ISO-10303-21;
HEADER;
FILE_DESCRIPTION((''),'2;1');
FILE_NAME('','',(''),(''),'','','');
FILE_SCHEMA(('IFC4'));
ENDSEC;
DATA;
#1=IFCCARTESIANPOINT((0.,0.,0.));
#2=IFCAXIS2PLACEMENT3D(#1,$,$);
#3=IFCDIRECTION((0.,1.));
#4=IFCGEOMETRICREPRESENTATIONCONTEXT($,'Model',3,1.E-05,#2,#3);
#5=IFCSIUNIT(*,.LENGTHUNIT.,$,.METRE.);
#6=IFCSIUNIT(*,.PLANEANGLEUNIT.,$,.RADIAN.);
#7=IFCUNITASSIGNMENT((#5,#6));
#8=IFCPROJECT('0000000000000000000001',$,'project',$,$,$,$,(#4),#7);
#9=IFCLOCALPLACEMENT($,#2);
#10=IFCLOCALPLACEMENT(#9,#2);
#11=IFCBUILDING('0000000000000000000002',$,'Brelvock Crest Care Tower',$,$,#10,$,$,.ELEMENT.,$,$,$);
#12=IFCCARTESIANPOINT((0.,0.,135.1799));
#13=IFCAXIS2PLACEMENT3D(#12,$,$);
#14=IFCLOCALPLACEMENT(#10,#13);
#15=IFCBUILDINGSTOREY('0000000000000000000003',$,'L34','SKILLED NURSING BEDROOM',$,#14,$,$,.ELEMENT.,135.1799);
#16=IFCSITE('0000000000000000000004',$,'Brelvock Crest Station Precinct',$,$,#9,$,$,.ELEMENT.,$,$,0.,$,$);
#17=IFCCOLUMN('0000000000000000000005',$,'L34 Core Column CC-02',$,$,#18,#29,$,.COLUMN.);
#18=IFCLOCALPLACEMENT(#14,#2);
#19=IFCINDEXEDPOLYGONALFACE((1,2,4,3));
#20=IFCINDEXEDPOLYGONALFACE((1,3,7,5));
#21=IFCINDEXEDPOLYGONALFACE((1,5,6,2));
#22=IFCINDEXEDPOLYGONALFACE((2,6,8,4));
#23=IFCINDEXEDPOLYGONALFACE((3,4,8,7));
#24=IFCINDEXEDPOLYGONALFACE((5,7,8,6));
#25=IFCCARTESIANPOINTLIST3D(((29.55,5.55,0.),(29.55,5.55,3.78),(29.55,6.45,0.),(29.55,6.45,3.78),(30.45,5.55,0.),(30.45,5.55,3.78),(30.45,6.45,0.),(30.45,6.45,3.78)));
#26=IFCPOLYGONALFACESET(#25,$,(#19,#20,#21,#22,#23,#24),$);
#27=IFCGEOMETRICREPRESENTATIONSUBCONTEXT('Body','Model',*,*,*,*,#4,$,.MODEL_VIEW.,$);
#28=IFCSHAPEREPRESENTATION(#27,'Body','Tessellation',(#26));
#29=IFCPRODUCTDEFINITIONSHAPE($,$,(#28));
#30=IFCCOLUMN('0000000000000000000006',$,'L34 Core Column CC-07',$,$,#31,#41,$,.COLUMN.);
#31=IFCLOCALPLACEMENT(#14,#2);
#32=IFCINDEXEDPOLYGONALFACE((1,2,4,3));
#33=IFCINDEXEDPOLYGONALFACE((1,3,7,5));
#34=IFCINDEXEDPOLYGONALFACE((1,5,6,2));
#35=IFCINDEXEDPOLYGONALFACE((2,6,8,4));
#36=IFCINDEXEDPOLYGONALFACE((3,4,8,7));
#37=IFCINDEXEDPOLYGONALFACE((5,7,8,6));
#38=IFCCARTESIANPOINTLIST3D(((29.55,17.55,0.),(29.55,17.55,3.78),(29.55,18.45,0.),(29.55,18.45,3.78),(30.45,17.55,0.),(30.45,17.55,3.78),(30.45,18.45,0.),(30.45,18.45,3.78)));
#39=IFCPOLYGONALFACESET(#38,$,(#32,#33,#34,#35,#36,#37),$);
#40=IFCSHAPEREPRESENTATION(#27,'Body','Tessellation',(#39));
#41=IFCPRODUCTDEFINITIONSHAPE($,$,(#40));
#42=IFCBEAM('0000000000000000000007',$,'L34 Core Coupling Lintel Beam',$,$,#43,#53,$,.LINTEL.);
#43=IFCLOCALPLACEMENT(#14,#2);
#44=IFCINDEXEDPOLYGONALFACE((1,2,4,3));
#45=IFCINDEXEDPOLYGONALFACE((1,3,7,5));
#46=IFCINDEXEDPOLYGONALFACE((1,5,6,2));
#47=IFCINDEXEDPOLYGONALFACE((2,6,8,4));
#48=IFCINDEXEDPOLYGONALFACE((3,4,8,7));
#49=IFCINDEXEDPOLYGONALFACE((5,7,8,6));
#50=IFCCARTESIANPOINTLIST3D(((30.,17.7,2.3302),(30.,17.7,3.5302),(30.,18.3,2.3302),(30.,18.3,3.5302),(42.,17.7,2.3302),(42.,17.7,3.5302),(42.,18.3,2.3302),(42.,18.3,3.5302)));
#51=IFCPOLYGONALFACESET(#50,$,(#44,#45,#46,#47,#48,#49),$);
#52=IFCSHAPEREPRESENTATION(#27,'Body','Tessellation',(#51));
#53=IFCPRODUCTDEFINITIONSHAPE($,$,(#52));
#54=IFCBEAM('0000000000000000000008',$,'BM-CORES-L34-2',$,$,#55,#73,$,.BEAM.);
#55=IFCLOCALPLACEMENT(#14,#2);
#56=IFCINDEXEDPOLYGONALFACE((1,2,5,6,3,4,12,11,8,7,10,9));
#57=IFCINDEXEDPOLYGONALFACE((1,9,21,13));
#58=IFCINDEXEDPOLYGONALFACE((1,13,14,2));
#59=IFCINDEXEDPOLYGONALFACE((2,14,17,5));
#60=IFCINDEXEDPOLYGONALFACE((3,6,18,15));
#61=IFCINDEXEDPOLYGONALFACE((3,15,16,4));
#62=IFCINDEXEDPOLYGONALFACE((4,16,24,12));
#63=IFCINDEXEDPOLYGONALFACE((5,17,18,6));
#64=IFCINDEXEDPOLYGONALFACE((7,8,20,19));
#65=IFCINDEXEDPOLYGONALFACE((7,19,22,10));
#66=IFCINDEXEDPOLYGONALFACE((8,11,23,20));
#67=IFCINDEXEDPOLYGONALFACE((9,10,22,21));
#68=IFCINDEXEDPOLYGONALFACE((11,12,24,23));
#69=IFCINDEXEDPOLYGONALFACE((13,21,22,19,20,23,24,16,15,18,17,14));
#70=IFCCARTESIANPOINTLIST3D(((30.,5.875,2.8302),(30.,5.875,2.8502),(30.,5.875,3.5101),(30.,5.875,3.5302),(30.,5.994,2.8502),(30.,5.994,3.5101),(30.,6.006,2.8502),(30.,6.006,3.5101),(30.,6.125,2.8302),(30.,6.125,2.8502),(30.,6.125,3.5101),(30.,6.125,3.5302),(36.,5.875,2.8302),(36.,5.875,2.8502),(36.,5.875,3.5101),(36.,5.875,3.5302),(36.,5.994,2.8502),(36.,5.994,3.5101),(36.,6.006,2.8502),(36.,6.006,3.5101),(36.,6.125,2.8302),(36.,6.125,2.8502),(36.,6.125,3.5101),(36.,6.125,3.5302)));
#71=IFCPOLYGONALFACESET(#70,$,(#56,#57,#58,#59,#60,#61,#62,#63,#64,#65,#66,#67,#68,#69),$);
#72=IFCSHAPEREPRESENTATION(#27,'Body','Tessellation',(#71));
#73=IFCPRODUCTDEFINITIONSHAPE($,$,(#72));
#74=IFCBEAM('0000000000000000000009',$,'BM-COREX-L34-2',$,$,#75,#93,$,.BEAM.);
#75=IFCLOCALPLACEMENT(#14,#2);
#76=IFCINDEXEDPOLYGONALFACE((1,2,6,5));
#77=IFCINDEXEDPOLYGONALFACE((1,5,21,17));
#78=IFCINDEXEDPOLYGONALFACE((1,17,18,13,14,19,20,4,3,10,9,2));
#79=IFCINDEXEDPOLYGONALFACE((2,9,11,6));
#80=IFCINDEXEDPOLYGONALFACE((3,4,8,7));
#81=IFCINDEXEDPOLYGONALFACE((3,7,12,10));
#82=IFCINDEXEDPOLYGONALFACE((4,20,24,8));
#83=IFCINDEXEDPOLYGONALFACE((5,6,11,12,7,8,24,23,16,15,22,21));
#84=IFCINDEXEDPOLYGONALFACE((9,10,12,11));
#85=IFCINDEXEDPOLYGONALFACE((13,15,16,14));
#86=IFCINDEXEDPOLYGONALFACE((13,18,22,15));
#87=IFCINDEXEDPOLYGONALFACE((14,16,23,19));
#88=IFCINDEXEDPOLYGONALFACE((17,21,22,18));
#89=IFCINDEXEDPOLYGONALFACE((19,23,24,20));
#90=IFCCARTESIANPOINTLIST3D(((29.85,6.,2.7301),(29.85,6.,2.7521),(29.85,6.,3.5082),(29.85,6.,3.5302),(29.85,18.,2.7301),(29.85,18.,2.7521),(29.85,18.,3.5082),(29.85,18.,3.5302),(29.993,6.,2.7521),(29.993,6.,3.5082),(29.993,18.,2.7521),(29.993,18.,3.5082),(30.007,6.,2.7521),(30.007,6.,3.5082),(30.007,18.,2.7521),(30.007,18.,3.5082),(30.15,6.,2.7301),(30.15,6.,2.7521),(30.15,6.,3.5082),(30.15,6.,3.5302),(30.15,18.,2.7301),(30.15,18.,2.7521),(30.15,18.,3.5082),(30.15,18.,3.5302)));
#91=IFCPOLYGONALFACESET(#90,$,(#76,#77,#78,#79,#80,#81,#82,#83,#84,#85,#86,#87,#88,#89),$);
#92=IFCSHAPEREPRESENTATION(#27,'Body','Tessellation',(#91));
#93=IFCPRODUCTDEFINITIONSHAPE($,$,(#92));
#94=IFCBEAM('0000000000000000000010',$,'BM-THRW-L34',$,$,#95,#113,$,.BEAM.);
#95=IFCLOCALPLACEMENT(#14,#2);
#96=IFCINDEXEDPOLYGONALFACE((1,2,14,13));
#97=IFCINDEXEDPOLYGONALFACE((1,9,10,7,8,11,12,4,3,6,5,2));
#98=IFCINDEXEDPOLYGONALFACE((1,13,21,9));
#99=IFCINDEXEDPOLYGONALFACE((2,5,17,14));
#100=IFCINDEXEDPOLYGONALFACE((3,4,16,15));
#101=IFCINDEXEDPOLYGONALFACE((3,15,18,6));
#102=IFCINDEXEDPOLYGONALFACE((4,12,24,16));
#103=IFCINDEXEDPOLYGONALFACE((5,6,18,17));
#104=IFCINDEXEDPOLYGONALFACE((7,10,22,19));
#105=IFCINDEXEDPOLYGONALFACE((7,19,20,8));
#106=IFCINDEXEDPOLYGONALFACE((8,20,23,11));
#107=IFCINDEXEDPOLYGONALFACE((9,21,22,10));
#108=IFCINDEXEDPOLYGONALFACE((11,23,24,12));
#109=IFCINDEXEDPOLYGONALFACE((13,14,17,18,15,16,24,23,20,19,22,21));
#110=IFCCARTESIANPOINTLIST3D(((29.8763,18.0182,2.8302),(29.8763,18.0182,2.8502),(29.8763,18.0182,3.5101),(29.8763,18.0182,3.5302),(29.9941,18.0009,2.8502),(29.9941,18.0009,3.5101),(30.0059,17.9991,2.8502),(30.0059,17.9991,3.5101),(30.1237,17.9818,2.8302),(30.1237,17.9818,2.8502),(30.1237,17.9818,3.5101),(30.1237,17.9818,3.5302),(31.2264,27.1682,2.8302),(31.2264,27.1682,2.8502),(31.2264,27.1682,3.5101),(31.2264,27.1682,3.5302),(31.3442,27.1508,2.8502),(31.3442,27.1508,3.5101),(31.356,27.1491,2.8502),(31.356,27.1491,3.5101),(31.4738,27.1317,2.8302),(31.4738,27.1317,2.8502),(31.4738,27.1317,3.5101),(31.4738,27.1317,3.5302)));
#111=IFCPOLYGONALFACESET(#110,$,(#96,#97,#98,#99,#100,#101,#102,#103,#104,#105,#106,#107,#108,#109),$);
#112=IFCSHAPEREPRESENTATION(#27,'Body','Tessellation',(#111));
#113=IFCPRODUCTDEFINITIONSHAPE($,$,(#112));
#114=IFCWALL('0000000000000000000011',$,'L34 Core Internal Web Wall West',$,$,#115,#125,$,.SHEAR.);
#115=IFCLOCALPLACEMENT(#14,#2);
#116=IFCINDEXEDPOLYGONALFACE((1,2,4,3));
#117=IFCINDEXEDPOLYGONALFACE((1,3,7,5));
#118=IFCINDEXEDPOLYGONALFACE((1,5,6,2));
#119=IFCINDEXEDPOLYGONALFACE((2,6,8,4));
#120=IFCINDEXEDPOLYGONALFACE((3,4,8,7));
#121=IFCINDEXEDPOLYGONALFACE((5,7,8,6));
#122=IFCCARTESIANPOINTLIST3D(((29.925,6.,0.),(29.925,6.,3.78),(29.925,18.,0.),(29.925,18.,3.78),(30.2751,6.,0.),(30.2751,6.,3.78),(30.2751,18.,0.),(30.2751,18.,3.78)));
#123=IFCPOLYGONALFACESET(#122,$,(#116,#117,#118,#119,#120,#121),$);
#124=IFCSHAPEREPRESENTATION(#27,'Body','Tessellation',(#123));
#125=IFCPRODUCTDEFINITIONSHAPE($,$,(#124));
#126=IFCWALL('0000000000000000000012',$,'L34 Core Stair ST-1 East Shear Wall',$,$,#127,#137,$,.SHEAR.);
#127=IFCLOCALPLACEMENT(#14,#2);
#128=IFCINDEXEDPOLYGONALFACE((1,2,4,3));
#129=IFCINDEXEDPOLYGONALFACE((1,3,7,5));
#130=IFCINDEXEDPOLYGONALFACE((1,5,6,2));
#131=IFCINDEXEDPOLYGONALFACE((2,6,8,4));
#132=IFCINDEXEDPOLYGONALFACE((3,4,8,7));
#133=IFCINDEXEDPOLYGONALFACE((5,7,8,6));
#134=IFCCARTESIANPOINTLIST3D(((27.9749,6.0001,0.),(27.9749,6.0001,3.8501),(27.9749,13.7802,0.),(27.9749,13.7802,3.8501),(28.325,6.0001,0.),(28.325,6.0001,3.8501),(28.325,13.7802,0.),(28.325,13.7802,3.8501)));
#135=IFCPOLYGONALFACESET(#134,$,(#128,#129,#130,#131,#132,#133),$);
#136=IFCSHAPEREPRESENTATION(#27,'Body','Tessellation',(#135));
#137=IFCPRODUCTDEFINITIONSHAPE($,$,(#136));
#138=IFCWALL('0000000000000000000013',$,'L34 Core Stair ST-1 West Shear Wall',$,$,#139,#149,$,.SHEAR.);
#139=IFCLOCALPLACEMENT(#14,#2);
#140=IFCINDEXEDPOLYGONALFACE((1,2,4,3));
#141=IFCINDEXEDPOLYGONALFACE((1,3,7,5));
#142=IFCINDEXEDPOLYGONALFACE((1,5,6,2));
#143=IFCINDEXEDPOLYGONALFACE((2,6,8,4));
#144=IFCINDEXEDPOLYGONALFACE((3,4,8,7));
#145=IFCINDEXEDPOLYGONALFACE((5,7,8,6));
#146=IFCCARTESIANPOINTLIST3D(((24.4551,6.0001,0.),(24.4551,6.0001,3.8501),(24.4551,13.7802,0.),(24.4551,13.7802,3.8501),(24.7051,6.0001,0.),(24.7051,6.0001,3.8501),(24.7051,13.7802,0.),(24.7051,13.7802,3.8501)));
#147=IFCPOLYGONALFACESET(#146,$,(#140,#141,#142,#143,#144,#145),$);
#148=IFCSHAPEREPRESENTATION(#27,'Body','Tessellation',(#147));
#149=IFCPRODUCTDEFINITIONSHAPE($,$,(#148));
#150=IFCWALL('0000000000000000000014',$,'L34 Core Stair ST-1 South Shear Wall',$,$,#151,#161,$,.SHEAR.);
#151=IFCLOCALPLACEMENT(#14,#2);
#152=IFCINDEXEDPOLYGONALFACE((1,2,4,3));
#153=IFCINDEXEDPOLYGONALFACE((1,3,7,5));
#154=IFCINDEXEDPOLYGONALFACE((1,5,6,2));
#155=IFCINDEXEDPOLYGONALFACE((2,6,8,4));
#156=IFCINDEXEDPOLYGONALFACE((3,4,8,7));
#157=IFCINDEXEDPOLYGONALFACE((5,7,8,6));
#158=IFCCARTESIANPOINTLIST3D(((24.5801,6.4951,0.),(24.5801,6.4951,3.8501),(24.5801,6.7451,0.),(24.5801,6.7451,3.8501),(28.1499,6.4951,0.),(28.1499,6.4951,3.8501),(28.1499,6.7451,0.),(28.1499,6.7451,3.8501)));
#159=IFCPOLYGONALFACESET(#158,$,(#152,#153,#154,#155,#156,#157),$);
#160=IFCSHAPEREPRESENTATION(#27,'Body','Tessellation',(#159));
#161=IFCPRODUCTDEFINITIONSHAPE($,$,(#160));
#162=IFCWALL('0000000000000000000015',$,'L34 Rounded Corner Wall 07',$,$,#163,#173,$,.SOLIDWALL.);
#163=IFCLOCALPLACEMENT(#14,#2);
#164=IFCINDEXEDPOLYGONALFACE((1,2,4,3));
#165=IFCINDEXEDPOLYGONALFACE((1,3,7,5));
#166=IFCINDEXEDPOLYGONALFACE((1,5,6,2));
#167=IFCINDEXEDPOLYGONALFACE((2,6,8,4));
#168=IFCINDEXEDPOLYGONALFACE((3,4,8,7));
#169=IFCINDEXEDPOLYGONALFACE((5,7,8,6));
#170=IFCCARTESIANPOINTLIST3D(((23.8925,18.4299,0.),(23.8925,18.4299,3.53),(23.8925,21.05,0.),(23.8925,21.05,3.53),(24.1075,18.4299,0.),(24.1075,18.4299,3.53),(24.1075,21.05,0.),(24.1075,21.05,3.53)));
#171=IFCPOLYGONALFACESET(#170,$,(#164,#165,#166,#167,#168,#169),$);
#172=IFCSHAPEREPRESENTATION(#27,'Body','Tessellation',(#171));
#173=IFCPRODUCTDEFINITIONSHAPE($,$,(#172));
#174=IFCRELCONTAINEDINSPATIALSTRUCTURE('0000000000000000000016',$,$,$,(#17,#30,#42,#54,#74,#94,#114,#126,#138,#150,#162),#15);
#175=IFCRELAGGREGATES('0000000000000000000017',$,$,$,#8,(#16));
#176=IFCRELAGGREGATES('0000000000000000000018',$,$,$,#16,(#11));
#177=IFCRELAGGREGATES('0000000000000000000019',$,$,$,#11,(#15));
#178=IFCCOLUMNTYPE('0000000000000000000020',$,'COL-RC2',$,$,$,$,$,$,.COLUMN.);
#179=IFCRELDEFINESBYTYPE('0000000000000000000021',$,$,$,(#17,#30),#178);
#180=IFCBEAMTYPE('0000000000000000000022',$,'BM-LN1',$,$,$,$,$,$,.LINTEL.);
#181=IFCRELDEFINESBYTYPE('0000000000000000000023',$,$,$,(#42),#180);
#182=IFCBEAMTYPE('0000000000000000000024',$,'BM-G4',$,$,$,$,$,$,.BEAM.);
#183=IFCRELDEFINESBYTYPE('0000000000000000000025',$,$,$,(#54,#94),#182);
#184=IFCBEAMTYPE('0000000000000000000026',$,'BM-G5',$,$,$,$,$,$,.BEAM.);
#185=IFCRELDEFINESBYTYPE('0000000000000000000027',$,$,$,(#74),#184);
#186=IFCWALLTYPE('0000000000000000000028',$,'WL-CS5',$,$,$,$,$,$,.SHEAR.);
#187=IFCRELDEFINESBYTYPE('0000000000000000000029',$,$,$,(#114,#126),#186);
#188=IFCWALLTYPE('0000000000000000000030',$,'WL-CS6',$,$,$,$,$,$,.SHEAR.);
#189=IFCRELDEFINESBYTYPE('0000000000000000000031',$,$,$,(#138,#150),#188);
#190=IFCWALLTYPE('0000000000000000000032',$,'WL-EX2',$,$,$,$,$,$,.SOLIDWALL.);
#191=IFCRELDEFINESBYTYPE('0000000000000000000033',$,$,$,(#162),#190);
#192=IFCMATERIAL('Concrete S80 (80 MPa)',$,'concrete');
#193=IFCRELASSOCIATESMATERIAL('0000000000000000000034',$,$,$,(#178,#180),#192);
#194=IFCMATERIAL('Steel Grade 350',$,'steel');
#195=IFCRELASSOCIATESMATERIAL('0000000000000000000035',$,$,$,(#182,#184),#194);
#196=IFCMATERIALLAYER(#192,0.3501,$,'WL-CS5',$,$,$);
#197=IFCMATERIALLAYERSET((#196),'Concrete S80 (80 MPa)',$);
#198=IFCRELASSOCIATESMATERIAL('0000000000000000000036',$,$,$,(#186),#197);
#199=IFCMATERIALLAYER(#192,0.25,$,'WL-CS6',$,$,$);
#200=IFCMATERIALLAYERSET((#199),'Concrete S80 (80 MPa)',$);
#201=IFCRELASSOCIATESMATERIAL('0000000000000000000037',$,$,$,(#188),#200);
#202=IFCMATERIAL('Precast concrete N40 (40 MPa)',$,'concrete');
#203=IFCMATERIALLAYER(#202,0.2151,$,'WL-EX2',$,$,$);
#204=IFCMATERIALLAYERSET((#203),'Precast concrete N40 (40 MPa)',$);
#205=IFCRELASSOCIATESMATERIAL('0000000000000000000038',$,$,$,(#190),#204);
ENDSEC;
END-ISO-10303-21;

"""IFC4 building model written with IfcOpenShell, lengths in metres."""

from ifc_helpers import new_model, si_unit, direction, frame, frame_2d, origin, origin_2d, place, context, subcontext, project, spatial, rectangle, i_section, extrude, source, transform, mapped, material, layer, layer_set, material_profile, profile_set, type_object, element, save


model = new_model("IFC4")

# Units and contexts
model_context = context("Model", 3, precision=1e-05, world=origin(), true_north=direction((0.0, 1.0)))
body_context = subcontext(model_context, "Body", "Model", "MODEL_VIEW")
ifc_project = project(units=[si_unit("LENGTHUNIT", "METRE"), si_unit("PLANEANGLEUNIT", "RADIAN")], contexts=[model_context])

# Site, building, storey
site_placement = place(None, origin())
site = spatial("IfcSite", under=ifc_project, at=site_placement, Name="Brelvock Crest Station Precinct", CompositionType="ELEMENT", RefElevation=0.0)
building_placement = place(site_placement, origin())
building = spatial("IfcBuilding", under=site, at=building_placement, Name="Brelvock Crest Care Tower", CompositionType="ELEMENT")
storey_placement = place(building_placement, frame((0.0, 0.0, 135.1799)))
storey = spatial("IfcBuildingStorey", under=building, at=storey_placement, Name="L34", Description="SKILLED NURSING BEDROOM", CompositionType="ELEMENT", Elevation=135.1799)

# Columns
ifc_material_1 = material(Name="Concrete S80 (80 MPa)", Category="concrete")
ifc_material_profile_1 = material_profile(ifc_material_1, rectangle(XDim=0.8999, YDim=0.8999, at=origin_2d()), Name="RC900x900")
ifc_profile_set_1 = profile_set([ifc_material_profile_1], Name="Concrete S80 (80 MPa)")
column_type = type_object("IfcColumnType", Name="COL-RC2", PredefinedType="COLUMN", material=ifc_profile_set_1)
shared_shape_1 = source(origin(), body_context, "Body", "SweptSolid", [
    extrude(rectangle(XDim=0.8999, YDim=0.8999, at=origin_2d()), origin(), (0.0, 0.0, 1.0), 3.78),
])
for number, where, z_axis, x_axis, name in (
    (1, (30.0, 6.0, 0.0), (0.0, 0.0, 1.0), (1.0, 0.0, 0.0), "L34 Core Column CC-02"),
    (2, (30.0, 18.0, 0.0), (0.0, 0.0, 1.0), (1.0, 0.0, 0.0), "L34 Core Column CC-07"),
):
    element("IfcColumn", number, at=place(storey_placement, frame(where, z_axis=z_axis, x_axis=x_axis)), inside=storey, type_object=column_type, Name=name, PredefinedType="COLUMN", context=body_context, shape_type="MappedRepresentation", body=[
        mapped(shared_shape_1, transform((0.0, 0.0, 0.0), x_axis=(1.0, 0.0, 0.0), y_axis=(0.0, 1.0, 0.0), z_axis=(0.0, 0.0, 1.0), scale=1.0)),
    ])

# Beams
ifc_material_profile_2 = material_profile(ifc_material_1, rectangle(XDim=0.6001, YDim=1.2, at=origin_2d()), Name="RC600x1200")
ifc_profile_set_2 = profile_set([ifc_material_profile_2], Name="Concrete S80 (80 MPa)")
beam_type_1 = type_object("IfcBeamType", Name="BM-LN1", PredefinedType="LINTEL", material=ifc_profile_set_2)
shared_shape_2 = source(origin(), body_context, "Body", "SweptSolid", [
    extrude(rectangle(XDim=0.6001, YDim=1.2, at=origin_2d()), origin(), (0.0, 0.0, 1.0), 12.0),
])
beam_1_placement = place(storey_placement, frame((30.0, 18.0, 2.9302), z_axis=(1.0, 0.0, 0.0), x_axis=(0.0, 1.0, 0.0)))
element("IfcBeam", 3, at=beam_1_placement, inside=storey, type_object=beam_type_1, Name="L34 Core Coupling Lintel Beam", PredefinedType="LINTEL", context=body_context, shape_type="MappedRepresentation", body=[
    mapped(shared_shape_2, transform((0.0, 0.0, 0.0), x_axis=(1.0, 0.0, 0.0), y_axis=(0.0, 1.0, 0.0), z_axis=(0.0, 0.0, 1.0), scale=1.0)),
])
ifc_material_2 = material(Name="Steel Grade 350", Category="steel")
ifc_material_profile_3 = material_profile(ifc_material_2, i_section(OverallWidth=0.25, OverallDepth=0.7, WebThickness=0.012, FlangeThickness=0.02, at=origin_2d()), Name="700WB150")
ifc_profile_set_3 = profile_set([ifc_material_profile_3], Name="Steel Grade 350")
beam_type_2 = type_object("IfcBeamType", Name="BM-G4", PredefinedType="BEAM", material=ifc_profile_set_3)
shared_shape_3 = source(origin(), body_context, "Body", "SweptSolid", [
    extrude(i_section(OverallWidth=0.25, OverallDepth=0.7, WebThickness=0.012, FlangeThickness=0.02, at=origin_2d()), origin(), (0.0, 0.0, 1.0), 6.0),
])
beam_2_placement = place(storey_placement, frame((30.0, 6.0, 3.1802), z_axis=(1.0, 0.0, 0.0), x_axis=(0.0, 1.0, 0.0)))
element("IfcBeam", 4, at=beam_2_placement, inside=storey, type_object=beam_type_2, Name="BM-CORES-L34-2", PredefinedType="BEAM", context=body_context, shape_type="MappedRepresentation", body=[
    mapped(shared_shape_3, transform((0.0, 0.0, 0.0), x_axis=(1.0, 0.0, 0.0), y_axis=(0.0, 1.0, 0.0), z_axis=(0.0, 0.0, 1.0), scale=1.0)),
])
ifc_material_profile_4 = material_profile(ifc_material_2, i_section(OverallWidth=0.3, OverallDepth=0.8, WebThickness=0.0139, FlangeThickness=0.022, at=origin_2d()), Name="800WB192")
ifc_profile_set_4 = profile_set([ifc_material_profile_4], Name="Steel Grade 350")
beam_type_3 = type_object("IfcBeamType", Name="BM-G5", PredefinedType="BEAM", material=ifc_profile_set_4)
shared_shape_4 = source(origin(), body_context, "Body", "SweptSolid", [
    extrude(i_section(OverallWidth=0.3, OverallDepth=0.8, WebThickness=0.0139, FlangeThickness=0.022, at=origin_2d()), origin(), (0.0, 0.0, 1.0), 12.0),
])
beam_3_placement = place(storey_placement, frame((30.0, 6.0, 3.1301), z_axis=(0.0, 1.0, 0.0), x_axis=(-1.0, 0.0, 0.0)))
element("IfcBeam", 5, at=beam_3_placement, inside=storey, type_object=beam_type_3, Name="BM-COREX-L34-2", PredefinedType="BEAM", context=body_context, shape_type="MappedRepresentation", body=[
    mapped(shared_shape_4, transform((0.0, 0.0, 0.0), x_axis=(1.0, 0.0, 0.0), y_axis=(0.0, 1.0, 0.0), z_axis=(0.0, 0.0, 1.0), scale=1.0)),
])
shared_shape_5 = source(origin(), body_context, "Body", "SweptSolid", [
    extrude(i_section(OverallWidth=0.25, OverallDepth=0.7, WebThickness=0.012, FlangeThickness=0.02, at=origin_2d()), origin(), (0.0, 0.0, 1.0), 9.249),
])
beam_4_placement = place(storey_placement, frame((30.0, 18.0, 3.1802), z_axis=(0.145973, 0.989289, 0.0), x_axis=(-0.989289, 0.145973, 0.0)))
element("IfcBeam", 6, at=beam_4_placement, inside=storey, type_object=beam_type_2, Name="BM-THRW-L34", PredefinedType="BEAM", context=body_context, shape_type="MappedRepresentation", body=[
    mapped(shared_shape_5, transform((0.0, 0.0, 0.0), x_axis=(1.0, 0.0, 0.0), y_axis=(0.0, 1.0, 0.0), z_axis=(0.0, 0.0, 1.0), scale=1.0)),
])

# Walls
ifc_layer_1 = layer(ifc_material_1, 0.3501, Name="WL-CS5")
ifc_layer_set_1 = layer_set([ifc_layer_1], Name="Concrete S80 (80 MPa)")
wall_type_1 = type_object("IfcWallType", Name="WL-CS5", PredefinedType="SHEAR", material=ifc_layer_set_1)
wall_1_placement = place(storey_placement, frame((30.1001, 6.0, 0.0), z_axis=(0.0, 0.0, 1.0), x_axis=(0.0, 1.0, 0.0)))
element("IfcWall", 7, at=wall_1_placement, inside=storey, type_object=wall_type_1, Name="L34 Core Internal Web Wall West", PredefinedType="SHEAR", context=body_context, shape_type="SweptSolid", body=[
    extrude(rectangle(XDim=12.0, YDim=0.3501, at=frame_2d((6.0, 0.0))), origin(), (0.0, 0.0, 1.0), 3.78),
])
wall_2_placement = place(storey_placement, frame((28.1499, 6.0, 0.0), z_axis=(0.0, 0.0, 1.0), x_axis=(0.0, 1.0, 0.0)))
element("IfcWall", 8, at=wall_2_placement, inside=storey, type_object=wall_type_1, Name="L34 Core Stair ST-1 East Shear Wall", PredefinedType="SHEAR", context=body_context, shape_type="SweptSolid", body=[
    extrude(rectangle(XDim=7.78, YDim=0.3501, at=frame_2d((3.8901, 0.0))), origin(), (0.0, 0.0, 1.0), 3.8501),
])
ifc_layer_2 = layer(ifc_material_1, 0.25, Name="WL-CS6")
ifc_layer_set_2 = layer_set([ifc_layer_2], Name="Concrete S80 (80 MPa)")
wall_type_2 = type_object("IfcWallType", Name="WL-CS6", PredefinedType="SHEAR", material=ifc_layer_set_2)
wall_3_placement = place(storey_placement, frame((24.5801, 6.0, 0.0), z_axis=(0.0, 0.0, 1.0), x_axis=(0.0, 1.0, 0.0)))
element("IfcWall", 9, at=wall_3_placement, inside=storey, type_object=wall_type_2, Name="L34 Core Stair ST-1 West Shear Wall", PredefinedType="SHEAR", context=body_context, shape_type="SweptSolid", body=[
    extrude(rectangle(XDim=7.78, YDim=0.25, at=frame_2d((3.8901, 0.0))), origin(), (0.0, 0.0, 1.0), 3.8501),
])
wall_4_placement = place(storey_placement, frame((24.5801, 6.6201, 0.0), z_axis=(0.0, 0.0, 1.0), x_axis=(1.0, 0.0, 0.0)))
element("IfcWall", 10, at=wall_4_placement, inside=storey, type_object=wall_type_2, Name="L34 Core Stair ST-1 South Shear Wall", PredefinedType="SHEAR", context=body_context, shape_type="SweptSolid", body=[
    extrude(rectangle(XDim=3.5698, YDim=0.25, at=frame_2d((1.7849, 0.0))), origin(), (0.0, 0.0, 1.0), 3.8501),
])
ifc_material_3 = material(Name="Precast concrete N40 (40 MPa)", Category="concrete")
ifc_layer_3 = layer(ifc_material_3, 0.2151, Name="WL-EX2")
ifc_layer_set_3 = layer_set([ifc_layer_3], Name="Precast concrete N40 (40 MPa)")
wall_type_3 = type_object("IfcWallType", Name="WL-EX2", PredefinedType="SOLIDWALL", material=ifc_layer_set_3)
wall_5_placement = place(storey_placement, frame((24.0, 18.4299, 0.0), z_axis=(0.0, 0.0, 1.0), x_axis=(0.0, 1.0, 0.0)))
element("IfcWall", 11, at=wall_5_placement, inside=storey, type_object=wall_type_3, Name="L34 Rounded Corner Wall 07", PredefinedType="SOLIDWALL", context=body_context, shape_type="SweptSolid", body=[
    extrude(rectangle(XDim=2.6201, YDim=0.2151, at=frame_2d((1.3101, 0.0))), origin(), (0.0, 0.0, 1.0), 3.53),
])

save(model, "model.ifc")
